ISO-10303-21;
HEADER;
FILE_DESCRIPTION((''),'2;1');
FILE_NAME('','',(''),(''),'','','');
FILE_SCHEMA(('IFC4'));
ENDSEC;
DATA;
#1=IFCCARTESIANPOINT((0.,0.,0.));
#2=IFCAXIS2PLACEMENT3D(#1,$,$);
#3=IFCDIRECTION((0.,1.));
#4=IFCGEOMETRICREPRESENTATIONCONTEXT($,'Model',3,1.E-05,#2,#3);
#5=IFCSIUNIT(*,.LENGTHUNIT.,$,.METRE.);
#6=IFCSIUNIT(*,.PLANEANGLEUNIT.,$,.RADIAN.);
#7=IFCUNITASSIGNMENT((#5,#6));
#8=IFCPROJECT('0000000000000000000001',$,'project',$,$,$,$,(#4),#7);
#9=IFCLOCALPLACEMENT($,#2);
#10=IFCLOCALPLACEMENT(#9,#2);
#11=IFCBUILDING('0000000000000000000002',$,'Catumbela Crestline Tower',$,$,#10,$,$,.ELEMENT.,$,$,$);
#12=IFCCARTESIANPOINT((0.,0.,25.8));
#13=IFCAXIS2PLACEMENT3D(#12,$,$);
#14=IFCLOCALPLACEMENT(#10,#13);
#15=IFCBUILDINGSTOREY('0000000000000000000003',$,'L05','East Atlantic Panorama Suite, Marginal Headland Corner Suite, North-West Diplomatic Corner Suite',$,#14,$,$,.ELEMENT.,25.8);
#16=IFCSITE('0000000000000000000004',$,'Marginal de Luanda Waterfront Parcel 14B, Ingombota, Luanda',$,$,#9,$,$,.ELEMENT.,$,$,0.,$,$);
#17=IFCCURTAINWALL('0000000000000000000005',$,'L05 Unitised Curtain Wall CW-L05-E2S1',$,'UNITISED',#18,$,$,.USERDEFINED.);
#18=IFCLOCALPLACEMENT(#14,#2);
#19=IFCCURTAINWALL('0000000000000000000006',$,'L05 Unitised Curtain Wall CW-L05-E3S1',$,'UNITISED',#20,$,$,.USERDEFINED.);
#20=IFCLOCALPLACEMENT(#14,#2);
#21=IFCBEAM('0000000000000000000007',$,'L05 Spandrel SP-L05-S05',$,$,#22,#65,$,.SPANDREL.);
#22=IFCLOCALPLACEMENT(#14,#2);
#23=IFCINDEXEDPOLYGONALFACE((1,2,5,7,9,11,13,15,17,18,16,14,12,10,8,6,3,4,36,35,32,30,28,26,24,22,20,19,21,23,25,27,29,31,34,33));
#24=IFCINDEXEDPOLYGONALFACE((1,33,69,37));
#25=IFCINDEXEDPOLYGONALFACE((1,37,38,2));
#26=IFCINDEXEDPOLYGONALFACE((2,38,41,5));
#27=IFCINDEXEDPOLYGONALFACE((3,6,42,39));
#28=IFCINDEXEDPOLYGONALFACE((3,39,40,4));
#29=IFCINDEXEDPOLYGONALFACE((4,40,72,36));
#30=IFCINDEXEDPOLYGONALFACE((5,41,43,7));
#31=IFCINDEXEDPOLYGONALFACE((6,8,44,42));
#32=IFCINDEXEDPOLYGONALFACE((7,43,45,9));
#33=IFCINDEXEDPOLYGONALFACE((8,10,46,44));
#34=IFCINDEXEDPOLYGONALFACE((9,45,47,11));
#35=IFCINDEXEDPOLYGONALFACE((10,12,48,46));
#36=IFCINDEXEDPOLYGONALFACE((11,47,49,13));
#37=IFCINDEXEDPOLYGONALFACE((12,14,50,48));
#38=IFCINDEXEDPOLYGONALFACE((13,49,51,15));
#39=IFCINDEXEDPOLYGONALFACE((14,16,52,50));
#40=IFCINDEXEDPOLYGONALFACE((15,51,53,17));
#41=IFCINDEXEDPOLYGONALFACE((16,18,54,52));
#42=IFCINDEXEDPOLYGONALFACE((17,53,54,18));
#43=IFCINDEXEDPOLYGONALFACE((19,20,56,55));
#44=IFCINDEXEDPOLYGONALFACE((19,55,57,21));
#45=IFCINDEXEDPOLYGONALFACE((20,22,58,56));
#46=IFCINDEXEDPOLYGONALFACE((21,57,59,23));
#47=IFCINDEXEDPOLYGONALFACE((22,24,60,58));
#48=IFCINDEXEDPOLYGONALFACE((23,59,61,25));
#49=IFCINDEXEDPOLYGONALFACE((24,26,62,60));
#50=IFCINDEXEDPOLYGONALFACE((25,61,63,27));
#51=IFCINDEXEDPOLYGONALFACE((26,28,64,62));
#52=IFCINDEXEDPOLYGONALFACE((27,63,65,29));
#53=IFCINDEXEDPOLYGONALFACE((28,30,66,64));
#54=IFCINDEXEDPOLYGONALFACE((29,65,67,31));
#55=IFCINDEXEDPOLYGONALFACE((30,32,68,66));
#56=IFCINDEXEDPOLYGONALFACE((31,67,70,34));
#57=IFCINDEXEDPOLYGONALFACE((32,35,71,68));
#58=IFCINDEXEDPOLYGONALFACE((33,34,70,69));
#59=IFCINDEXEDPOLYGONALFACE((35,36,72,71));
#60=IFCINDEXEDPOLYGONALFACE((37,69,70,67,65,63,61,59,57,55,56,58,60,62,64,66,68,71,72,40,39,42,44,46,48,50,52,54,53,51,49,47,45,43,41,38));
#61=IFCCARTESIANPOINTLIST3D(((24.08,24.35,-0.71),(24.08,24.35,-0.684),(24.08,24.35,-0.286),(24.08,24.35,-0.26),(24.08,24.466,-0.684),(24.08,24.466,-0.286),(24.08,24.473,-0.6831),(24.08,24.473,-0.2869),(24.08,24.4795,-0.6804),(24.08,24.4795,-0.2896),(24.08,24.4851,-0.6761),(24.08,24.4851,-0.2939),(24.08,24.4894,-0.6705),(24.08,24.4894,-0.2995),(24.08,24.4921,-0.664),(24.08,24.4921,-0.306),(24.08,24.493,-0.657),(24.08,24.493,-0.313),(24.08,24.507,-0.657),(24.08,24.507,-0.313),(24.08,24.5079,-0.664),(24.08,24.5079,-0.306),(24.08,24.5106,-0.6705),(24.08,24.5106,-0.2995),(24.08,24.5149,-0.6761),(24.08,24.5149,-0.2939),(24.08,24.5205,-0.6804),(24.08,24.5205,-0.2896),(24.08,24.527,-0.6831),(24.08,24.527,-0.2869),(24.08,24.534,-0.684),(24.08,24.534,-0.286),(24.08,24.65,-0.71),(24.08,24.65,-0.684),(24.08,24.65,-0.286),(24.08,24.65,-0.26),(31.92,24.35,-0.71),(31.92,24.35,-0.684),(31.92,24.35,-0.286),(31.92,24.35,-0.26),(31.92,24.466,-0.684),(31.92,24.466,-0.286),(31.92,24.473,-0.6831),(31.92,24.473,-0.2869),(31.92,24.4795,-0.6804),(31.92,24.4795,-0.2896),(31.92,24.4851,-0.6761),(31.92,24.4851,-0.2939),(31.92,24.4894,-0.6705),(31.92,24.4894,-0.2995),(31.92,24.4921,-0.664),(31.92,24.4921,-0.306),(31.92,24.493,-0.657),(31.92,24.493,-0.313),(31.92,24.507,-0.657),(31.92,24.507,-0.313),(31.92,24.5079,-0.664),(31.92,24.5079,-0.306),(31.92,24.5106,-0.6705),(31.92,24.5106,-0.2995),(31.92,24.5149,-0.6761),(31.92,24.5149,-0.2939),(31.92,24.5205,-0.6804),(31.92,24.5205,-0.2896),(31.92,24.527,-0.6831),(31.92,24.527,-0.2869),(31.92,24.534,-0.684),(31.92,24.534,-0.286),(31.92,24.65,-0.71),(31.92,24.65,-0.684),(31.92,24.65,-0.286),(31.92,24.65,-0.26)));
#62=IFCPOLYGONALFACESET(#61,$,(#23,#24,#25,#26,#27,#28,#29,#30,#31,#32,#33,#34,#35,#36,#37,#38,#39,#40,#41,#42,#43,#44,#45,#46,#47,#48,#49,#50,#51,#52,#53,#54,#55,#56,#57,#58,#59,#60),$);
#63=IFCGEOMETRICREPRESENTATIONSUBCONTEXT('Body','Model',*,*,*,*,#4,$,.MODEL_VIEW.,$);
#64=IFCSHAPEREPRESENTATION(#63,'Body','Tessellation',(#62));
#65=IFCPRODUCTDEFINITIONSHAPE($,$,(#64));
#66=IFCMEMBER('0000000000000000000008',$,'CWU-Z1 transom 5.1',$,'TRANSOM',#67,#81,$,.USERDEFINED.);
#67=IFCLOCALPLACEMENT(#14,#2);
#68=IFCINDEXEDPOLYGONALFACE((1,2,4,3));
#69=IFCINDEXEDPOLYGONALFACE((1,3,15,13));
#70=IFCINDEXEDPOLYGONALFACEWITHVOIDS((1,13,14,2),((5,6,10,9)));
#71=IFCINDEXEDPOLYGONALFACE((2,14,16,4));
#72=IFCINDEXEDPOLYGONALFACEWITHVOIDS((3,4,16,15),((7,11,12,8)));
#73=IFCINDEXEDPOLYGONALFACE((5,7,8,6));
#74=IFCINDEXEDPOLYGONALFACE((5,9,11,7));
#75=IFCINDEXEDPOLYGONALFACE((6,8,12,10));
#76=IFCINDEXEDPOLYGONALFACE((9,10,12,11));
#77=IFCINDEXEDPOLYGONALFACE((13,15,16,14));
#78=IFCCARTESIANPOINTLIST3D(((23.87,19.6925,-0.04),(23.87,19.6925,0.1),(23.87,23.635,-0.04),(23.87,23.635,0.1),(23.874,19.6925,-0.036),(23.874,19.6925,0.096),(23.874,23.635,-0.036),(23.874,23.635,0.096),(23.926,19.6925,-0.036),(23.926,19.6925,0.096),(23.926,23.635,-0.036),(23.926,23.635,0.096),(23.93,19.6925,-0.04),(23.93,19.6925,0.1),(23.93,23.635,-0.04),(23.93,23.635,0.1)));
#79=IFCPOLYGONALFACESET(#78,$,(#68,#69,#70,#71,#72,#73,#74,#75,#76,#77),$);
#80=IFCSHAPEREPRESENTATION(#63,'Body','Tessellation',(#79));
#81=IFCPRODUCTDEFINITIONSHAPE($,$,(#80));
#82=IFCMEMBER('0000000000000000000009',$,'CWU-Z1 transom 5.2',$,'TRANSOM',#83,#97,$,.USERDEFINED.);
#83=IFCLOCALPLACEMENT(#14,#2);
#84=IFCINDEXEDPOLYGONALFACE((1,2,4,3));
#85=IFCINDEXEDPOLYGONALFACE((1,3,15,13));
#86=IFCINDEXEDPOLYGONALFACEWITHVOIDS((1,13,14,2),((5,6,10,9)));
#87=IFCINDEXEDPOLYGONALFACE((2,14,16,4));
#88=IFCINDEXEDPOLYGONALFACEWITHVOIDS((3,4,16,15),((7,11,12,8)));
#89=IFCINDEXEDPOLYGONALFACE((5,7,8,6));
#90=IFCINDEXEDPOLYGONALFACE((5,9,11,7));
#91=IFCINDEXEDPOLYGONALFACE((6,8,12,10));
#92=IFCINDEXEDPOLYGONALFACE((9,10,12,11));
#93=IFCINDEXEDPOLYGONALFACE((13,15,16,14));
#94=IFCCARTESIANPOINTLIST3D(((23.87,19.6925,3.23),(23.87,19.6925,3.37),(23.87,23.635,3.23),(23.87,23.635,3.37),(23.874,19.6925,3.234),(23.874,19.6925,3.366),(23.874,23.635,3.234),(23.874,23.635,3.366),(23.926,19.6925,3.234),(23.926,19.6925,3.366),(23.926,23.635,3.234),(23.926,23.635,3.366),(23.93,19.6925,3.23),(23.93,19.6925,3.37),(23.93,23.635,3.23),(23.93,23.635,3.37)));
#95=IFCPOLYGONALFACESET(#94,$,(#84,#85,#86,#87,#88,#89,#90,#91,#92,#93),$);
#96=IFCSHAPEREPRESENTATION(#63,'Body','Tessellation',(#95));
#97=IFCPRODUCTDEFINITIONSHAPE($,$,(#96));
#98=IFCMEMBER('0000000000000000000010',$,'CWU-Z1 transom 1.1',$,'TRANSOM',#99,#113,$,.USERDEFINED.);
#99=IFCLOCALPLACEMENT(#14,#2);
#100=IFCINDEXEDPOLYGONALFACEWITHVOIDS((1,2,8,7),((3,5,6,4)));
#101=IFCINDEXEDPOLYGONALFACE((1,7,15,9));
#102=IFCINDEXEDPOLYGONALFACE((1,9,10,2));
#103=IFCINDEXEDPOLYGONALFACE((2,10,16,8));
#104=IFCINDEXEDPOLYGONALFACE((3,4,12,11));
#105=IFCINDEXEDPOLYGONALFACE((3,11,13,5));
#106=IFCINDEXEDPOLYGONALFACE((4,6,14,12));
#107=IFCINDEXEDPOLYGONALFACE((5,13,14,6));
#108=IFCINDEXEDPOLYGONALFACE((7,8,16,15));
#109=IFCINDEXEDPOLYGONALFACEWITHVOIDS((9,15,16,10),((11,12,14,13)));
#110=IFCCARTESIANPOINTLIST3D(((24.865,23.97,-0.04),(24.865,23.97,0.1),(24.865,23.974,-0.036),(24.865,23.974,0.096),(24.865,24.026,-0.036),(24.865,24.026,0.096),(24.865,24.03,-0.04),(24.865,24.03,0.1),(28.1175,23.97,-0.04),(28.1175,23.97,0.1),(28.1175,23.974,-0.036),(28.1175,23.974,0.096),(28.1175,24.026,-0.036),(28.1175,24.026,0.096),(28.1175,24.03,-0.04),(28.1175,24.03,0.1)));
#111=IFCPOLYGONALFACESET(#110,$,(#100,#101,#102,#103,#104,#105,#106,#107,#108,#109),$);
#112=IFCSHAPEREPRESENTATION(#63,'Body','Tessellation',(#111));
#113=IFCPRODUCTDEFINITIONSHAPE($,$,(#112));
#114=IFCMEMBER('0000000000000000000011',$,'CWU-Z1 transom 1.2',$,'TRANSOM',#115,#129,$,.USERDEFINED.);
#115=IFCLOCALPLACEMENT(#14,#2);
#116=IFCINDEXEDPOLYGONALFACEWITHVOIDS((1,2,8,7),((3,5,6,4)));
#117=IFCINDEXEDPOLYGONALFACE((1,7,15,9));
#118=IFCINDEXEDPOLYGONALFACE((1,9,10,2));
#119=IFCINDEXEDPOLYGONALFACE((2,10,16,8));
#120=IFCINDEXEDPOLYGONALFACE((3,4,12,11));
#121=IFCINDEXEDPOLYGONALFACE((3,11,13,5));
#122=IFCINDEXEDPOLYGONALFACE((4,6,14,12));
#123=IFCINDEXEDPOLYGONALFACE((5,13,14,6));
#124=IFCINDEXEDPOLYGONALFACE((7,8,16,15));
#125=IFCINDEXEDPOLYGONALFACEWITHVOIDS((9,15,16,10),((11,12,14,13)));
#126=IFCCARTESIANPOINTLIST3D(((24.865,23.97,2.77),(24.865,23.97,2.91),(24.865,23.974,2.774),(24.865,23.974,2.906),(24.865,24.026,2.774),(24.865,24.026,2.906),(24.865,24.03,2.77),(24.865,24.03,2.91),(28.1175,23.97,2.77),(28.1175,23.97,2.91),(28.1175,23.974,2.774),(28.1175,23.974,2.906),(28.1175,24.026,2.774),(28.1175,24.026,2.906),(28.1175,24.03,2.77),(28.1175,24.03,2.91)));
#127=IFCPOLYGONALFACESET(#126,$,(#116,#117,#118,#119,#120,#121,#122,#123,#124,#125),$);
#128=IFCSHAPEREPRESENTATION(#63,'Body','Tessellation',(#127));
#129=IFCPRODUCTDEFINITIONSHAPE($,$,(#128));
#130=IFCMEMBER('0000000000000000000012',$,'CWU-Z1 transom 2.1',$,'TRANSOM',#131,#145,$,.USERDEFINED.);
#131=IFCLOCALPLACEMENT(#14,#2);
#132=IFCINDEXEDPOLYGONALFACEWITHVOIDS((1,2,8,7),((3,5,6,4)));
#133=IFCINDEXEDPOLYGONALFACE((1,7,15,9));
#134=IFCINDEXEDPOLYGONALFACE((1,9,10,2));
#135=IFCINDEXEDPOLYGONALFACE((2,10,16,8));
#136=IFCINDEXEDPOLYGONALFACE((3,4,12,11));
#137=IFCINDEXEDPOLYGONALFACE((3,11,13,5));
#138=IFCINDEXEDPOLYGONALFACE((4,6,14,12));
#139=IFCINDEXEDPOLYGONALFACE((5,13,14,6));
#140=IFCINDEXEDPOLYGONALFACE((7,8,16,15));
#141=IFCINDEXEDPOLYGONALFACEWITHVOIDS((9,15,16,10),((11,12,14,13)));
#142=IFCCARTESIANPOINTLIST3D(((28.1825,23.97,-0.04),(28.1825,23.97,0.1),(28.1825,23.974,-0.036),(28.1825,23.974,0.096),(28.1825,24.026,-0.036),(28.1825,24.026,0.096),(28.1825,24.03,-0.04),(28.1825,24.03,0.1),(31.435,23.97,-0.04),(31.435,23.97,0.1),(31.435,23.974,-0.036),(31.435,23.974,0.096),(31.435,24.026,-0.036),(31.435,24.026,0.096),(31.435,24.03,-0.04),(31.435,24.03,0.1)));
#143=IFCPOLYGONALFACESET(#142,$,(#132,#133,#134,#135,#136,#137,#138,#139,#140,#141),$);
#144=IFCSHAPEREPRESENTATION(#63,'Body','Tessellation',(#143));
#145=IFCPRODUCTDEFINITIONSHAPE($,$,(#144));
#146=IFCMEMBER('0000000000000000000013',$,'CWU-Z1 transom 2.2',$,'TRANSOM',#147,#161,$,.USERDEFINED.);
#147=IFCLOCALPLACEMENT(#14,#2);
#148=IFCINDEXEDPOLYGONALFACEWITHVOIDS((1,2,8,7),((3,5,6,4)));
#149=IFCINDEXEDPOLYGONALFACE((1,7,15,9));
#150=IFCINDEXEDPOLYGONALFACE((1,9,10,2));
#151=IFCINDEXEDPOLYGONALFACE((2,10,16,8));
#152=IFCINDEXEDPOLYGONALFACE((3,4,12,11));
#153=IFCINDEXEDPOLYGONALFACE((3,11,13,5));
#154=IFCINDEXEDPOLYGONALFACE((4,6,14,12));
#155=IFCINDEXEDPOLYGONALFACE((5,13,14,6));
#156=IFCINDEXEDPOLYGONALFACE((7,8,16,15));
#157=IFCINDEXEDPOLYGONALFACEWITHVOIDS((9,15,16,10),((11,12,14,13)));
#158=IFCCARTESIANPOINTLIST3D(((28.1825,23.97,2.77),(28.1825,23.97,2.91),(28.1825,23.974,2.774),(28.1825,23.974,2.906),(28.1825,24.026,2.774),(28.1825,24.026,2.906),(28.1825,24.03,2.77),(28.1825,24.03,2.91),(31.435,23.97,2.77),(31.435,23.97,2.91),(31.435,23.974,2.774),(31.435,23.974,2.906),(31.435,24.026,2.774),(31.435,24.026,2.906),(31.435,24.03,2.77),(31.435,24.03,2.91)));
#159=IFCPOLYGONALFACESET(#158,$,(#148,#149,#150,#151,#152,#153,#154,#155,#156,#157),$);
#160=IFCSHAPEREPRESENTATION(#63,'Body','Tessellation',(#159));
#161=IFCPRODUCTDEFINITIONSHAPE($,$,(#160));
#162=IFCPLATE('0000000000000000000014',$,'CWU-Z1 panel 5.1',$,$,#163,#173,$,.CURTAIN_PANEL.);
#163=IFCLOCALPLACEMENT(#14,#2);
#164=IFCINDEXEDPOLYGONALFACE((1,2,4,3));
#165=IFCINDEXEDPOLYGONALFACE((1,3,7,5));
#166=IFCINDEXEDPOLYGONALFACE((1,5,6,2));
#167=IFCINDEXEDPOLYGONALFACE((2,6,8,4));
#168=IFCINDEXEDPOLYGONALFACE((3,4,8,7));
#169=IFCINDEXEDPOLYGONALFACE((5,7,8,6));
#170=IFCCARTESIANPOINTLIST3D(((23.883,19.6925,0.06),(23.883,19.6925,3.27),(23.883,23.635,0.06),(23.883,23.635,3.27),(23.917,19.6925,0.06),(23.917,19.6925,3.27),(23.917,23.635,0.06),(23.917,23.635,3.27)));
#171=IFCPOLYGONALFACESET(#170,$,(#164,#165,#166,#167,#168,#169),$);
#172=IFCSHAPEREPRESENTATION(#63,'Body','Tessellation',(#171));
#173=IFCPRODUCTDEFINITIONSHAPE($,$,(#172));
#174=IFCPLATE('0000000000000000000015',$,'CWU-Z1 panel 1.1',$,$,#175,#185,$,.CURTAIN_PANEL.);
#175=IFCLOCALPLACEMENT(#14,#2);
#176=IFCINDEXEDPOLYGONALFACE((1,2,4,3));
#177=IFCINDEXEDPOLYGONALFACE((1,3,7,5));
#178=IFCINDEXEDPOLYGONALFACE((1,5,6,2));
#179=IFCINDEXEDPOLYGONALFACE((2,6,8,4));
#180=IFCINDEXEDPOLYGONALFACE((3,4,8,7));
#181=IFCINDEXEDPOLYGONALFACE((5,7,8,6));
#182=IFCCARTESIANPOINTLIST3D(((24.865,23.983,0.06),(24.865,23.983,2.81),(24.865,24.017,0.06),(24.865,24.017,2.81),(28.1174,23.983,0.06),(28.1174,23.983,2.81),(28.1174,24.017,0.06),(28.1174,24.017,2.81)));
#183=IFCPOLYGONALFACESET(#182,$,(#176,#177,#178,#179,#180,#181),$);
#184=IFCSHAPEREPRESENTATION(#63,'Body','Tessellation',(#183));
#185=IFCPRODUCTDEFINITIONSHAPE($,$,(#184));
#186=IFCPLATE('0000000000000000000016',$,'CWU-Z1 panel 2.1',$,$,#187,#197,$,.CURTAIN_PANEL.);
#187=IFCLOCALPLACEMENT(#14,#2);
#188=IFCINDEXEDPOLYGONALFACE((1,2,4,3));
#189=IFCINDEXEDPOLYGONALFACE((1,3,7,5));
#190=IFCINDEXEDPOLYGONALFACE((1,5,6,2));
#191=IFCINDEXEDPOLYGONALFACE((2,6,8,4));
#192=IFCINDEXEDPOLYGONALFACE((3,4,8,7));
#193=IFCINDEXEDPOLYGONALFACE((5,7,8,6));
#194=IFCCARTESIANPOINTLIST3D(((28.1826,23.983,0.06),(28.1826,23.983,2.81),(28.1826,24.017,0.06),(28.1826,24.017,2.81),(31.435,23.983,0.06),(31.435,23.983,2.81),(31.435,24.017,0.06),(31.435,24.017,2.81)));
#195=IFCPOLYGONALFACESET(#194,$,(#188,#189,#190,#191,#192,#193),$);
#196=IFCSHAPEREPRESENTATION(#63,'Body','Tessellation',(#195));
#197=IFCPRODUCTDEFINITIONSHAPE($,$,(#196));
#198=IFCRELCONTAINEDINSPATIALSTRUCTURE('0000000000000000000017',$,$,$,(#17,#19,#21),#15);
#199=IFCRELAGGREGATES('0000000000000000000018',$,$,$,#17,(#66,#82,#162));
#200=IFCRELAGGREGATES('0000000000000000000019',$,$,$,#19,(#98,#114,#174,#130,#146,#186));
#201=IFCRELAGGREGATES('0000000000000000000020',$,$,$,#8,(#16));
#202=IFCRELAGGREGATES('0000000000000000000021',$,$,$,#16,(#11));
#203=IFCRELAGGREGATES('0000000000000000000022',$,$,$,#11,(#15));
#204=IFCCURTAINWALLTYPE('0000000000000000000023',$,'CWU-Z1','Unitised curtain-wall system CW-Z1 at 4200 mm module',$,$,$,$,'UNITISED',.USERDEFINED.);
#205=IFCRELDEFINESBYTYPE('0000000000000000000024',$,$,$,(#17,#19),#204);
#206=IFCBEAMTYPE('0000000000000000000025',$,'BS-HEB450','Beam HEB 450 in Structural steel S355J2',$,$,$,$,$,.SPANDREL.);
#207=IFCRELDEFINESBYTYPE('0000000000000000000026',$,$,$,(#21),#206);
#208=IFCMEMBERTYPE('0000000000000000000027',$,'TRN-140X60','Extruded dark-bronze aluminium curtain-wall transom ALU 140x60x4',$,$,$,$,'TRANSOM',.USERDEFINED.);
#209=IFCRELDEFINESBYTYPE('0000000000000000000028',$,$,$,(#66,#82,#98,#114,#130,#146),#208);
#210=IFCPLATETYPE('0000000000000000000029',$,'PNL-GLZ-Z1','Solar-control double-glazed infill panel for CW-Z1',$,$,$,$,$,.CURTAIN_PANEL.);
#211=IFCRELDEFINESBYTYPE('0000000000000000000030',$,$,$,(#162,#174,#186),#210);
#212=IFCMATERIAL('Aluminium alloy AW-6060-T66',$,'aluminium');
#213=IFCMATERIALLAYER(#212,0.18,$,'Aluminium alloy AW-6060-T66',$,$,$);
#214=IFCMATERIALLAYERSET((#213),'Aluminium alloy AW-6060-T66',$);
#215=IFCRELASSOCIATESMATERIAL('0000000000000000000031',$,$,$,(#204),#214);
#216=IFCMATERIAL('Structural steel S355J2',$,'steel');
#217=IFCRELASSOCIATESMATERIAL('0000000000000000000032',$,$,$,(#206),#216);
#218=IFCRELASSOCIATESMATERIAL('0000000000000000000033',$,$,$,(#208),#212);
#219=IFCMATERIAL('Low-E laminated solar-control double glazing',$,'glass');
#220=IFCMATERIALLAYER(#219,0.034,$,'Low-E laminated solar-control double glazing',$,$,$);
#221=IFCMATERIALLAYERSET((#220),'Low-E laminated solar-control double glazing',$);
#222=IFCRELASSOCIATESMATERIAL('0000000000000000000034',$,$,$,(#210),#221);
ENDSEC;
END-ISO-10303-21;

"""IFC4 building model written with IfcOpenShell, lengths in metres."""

from ifc_helpers import new_model, si_unit, direction, frame, origin, origin_2d, place, context, subcontext, project, spatial, rectangle, hollow_rectangle, i_section, extrude, material, layer, layer_set, material_profile, profile_set, type_object, element, aggregate, save


model = new_model("IFC4")

# Units and contexts
model_context = context("Model", 3, precision=1e-05, world=origin(), true_north=direction((0.0, 1.0)))
body_context = subcontext(model_context, "Body", "Model", "MODEL_VIEW")
ifc_project = project(units=[si_unit("LENGTHUNIT", "METRE"), si_unit("PLANEANGLEUNIT", "RADIAN")], contexts=[model_context])

# Site, building, storey
site_placement = place(None, origin())
site = spatial("IfcSite", under=ifc_project, at=site_placement, Name="Marginal de Luanda Waterfront Parcel 14B, Ingombota, Luanda", CompositionType="ELEMENT", RefElevation=0.0)
building_placement = place(site_placement, origin())
building = spatial("IfcBuilding", under=site, at=building_placement, Name="Catumbela Crestline Tower", CompositionType="ELEMENT")
storey_placement = place(building_placement, frame((0.0, 0.0, 25.8)))
storey = spatial("IfcBuildingStorey", under=building, at=storey_placement, Name="L05", Description="East Atlantic Panorama Suite, Marginal Headland Corner Suite, North-West Diplomatic Corner Suite", CompositionType="ELEMENT", Elevation=25.8)

# Shared definitions
ifc_material_1 = material(Name="Structural steel S355J2", Category="steel")

# Curtain walls
ifc_material_2 = material(Name="Aluminium alloy AW-6060-T66", Category="aluminium")
ifc_layer_1 = layer(ifc_material_2, 0.18, Name="Aluminium alloy AW-6060-T66")
ifc_layer_set_1 = layer_set([ifc_layer_1], Name="Aluminium alloy AW-6060-T66")
curtain_wall_type = type_object("IfcCurtainWallType", Name="CWU-Z1", Description="Unitised curtain-wall system CW-Z1 at 4200 mm module", ElementType="UNITISED", PredefinedType="USERDEFINED", material=ifc_layer_set_1)
curtain_wall_1_placement = place(storey_placement, origin())
curtain_wall_1 = element("IfcCurtainWall", 1, at=curtain_wall_1_placement, inside=storey, type_object=curtain_wall_type, Name="L05 Unitised Curtain Wall CW-L05-E2S1", ObjectType="UNITISED", PredefinedType="USERDEFINED")
curtain_wall_2_placement = place(storey_placement, origin())
curtain_wall_2 = element("IfcCurtainWall", 2, at=curtain_wall_2_placement, inside=storey, type_object=curtain_wall_type, Name="L05 Unitised Curtain Wall CW-L05-E3S1", ObjectType="UNITISED", PredefinedType="USERDEFINED")

# Beam
ifc_material_profile_1 = material_profile(ifc_material_1, i_section(OverallWidth=0.3, OverallDepth=0.45, WebThickness=0.014, FlangeThickness=0.026, FilletRadius=0.027, at=origin_2d()), Name="HEB 450")
ifc_profile_set_1 = profile_set([ifc_material_profile_1], Name="Structural steel S355J2")
beam_type_1 = type_object("IfcBeamType", Name="BS-HEB450", Description="Beam HEB 450 in Structural steel S355J2", PredefinedType="SPANDREL", material=ifc_profile_set_1)
beam_1_placement = place(storey_placement, frame((24.08, 24.5, -0.485), z_axis=(1.0, 0.0, 0.0), x_axis=(0.0, 1.0, 0.0)))
element("IfcBeam", 3, at=beam_1_placement, inside=storey, type_object=beam_type_1, Name="L05 Spandrel SP-L05-S05", PredefinedType="SPANDREL", context=body_context, shape_type="SweptSolid", body=[
    extrude(i_section(OverallWidth=0.3, OverallDepth=0.45, WebThickness=0.014, FlangeThickness=0.026, FilletRadius=0.027, at=origin_2d()), origin(), (0.0, 0.0, 1.0), 7.84),
])

# Members
ifc_material_profile_2 = material_profile(ifc_material_2, hollow_rectangle(XDim=0.06, YDim=0.14, WallThickness=0.004, at=origin_2d()), Name="ALU 140x60x4")
ifc_profile_set_2 = profile_set([ifc_material_profile_2], Name="Aluminium alloy AW-6060-T66")
member_type_1 = type_object("IfcMemberType", Name="TRN-140X60", Description="Extruded dark-bronze aluminium curtain-wall transom ALU 140x60x4", ElementType="TRANSOM", PredefinedType="USERDEFINED", material=ifc_profile_set_2)
member_1_placement = place(storey_placement, frame((23.9, 19.6925, 0.03), z_axis=(0.0, 1.0, 0.0), x_axis=(-1.0, 0.0, 0.0)))
member_1 = element("IfcMember", 4, at=member_1_placement, type_object=member_type_1, Name="CWU-Z1 transom 5.1", ObjectType="TRANSOM", PredefinedType="USERDEFINED", context=body_context, shape_type="SweptSolid", body=[
    extrude(hollow_rectangle(XDim=0.06, YDim=0.14, WallThickness=0.004, at=origin_2d()), origin(), (0.0, 0.0, 1.0), 3.9425),
])
member_2_placement = place(storey_placement, frame((23.9, 19.6925, 3.3), z_axis=(0.0, 1.0, 0.0), x_axis=(-1.0, 0.0, 0.0)))
member_2 = element("IfcMember", 5, at=member_2_placement, type_object=member_type_1, Name="CWU-Z1 transom 5.2", ObjectType="TRANSOM", PredefinedType="USERDEFINED", context=body_context, shape_type="SweptSolid", body=[
    extrude(hollow_rectangle(XDim=0.06, YDim=0.14, WallThickness=0.004, at=origin_2d()), origin(), (0.0, 0.0, 1.0), 3.9425),
])
member_3_placement = place(storey_placement, frame((24.865, 24.0, 0.03), z_axis=(1.0, 0.0, 0.0), x_axis=(0.0, 1.0, 0.0)))
member_3 = element("IfcMember", 6, at=member_3_placement, type_object=member_type_1, Name="CWU-Z1 transom 1.1", ObjectType="TRANSOM", PredefinedType="USERDEFINED", context=body_context, shape_type="SweptSolid", body=[
    extrude(hollow_rectangle(XDim=0.06, YDim=0.14, WallThickness=0.004, at=origin_2d()), origin(), (0.0, 0.0, 1.0), 3.2525),
])
member_4_placement = place(storey_placement, frame((24.865, 24.0, 2.84), z_axis=(1.0, 0.0, 0.0), x_axis=(0.0, 1.0, 0.0)))
member_4 = element("IfcMember", 7, at=member_4_placement, type_object=member_type_1, Name="CWU-Z1 transom 1.2", ObjectType="TRANSOM", PredefinedType="USERDEFINED", context=body_context, shape_type="SweptSolid", body=[
    extrude(hollow_rectangle(XDim=0.06, YDim=0.14, WallThickness=0.004, at=origin_2d()), origin(), (0.0, 0.0, 1.0), 3.2525),
])
member_5_placement = place(storey_placement, frame((28.1825, 24.0, 0.03), z_axis=(1.0, 0.0, 0.0), x_axis=(0.0, 1.0, 0.0)))
member_5 = element("IfcMember", 8, at=member_5_placement, type_object=member_type_1, Name="CWU-Z1 transom 2.1", ObjectType="TRANSOM", PredefinedType="USERDEFINED", context=body_context, shape_type="SweptSolid", body=[
    extrude(hollow_rectangle(XDim=0.06, YDim=0.14, WallThickness=0.004, at=origin_2d()), origin(), (0.0, 0.0, 1.0), 3.2525),
])
member_6_placement = place(storey_placement, frame((28.1825, 24.0, 2.84), z_axis=(1.0, 0.0, 0.0), x_axis=(0.0, 1.0, 0.0)))
member_6 = element("IfcMember", 9, at=member_6_placement, type_object=member_type_1, Name="CWU-Z1 transom 2.2", ObjectType="TRANSOM", PredefinedType="USERDEFINED", context=body_context, shape_type="SweptSolid", body=[
    extrude(hollow_rectangle(XDim=0.06, YDim=0.14, WallThickness=0.004, at=origin_2d()), origin(), (0.0, 0.0, 1.0), 3.2525),
])

# Plates
ifc_material_3 = material(Name="Low-E laminated solar-control double glazing", Category="glass")
ifc_layer_2 = layer(ifc_material_3, 0.034, Name="Low-E laminated solar-control double glazing")
ifc_layer_set_2 = layer_set([ifc_layer_2], Name="Low-E laminated solar-control double glazing")
plate_type = type_object("IfcPlateType", Name="PNL-GLZ-Z1", Description="Solar-control double-glazed infill panel for CW-Z1", PredefinedType="CURTAIN_PANEL", material=ifc_layer_set_2)
plate_1_placement = place(storey_placement, frame((23.9, 21.6638, 0.06), z_axis=(0.0, 0.0, 1.0), x_axis=(0.0, 1.0, 0.0)))
plate_1 = element("IfcPlate", 10, at=plate_1_placement, type_object=plate_type, Name="CWU-Z1 panel 5.1", PredefinedType="CURTAIN_PANEL", context=body_context, shape_type="SweptSolid", body=[
    extrude(rectangle(XDim=3.9425, YDim=0.034, at=origin_2d()), origin(), (0.0, 0.0, 1.0), 3.21),
])
aggregate(curtain_wall_1, [member_1, member_2, plate_1])
plate_2_placement = place(storey_placement, frame((26.4912, 24.0, 0.06), z_axis=(0.0, 0.0, 1.0), x_axis=(1.0, 0.0, 0.0)))
plate_2 = element("IfcPlate", 11, at=plate_2_placement, type_object=plate_type, Name="CWU-Z1 panel 1.1", PredefinedType="CURTAIN_PANEL", context=body_context, shape_type="SweptSolid", body=[
    extrude(rectangle(XDim=3.2525, YDim=0.034, at=origin_2d()), origin(), (0.0, 0.0, 1.0), 2.75),
])
plate_3_placement = place(storey_placement, frame((29.8088, 24.0, 0.06), z_axis=(0.0, 0.0, 1.0), x_axis=(1.0, 0.0, 0.0)))
plate_3 = element("IfcPlate", 12, at=plate_3_placement, type_object=plate_type, Name="CWU-Z1 panel 2.1", PredefinedType="CURTAIN_PANEL", context=body_context, shape_type="SweptSolid", body=[
    extrude(rectangle(XDim=3.2525, YDim=0.034, at=origin_2d()), origin(), (0.0, 0.0, 1.0), 2.75),
])
aggregate(curtain_wall_2, [member_3, member_4, plate_2, member_5, member_6, plate_3])

save(model, "model.ifc")
